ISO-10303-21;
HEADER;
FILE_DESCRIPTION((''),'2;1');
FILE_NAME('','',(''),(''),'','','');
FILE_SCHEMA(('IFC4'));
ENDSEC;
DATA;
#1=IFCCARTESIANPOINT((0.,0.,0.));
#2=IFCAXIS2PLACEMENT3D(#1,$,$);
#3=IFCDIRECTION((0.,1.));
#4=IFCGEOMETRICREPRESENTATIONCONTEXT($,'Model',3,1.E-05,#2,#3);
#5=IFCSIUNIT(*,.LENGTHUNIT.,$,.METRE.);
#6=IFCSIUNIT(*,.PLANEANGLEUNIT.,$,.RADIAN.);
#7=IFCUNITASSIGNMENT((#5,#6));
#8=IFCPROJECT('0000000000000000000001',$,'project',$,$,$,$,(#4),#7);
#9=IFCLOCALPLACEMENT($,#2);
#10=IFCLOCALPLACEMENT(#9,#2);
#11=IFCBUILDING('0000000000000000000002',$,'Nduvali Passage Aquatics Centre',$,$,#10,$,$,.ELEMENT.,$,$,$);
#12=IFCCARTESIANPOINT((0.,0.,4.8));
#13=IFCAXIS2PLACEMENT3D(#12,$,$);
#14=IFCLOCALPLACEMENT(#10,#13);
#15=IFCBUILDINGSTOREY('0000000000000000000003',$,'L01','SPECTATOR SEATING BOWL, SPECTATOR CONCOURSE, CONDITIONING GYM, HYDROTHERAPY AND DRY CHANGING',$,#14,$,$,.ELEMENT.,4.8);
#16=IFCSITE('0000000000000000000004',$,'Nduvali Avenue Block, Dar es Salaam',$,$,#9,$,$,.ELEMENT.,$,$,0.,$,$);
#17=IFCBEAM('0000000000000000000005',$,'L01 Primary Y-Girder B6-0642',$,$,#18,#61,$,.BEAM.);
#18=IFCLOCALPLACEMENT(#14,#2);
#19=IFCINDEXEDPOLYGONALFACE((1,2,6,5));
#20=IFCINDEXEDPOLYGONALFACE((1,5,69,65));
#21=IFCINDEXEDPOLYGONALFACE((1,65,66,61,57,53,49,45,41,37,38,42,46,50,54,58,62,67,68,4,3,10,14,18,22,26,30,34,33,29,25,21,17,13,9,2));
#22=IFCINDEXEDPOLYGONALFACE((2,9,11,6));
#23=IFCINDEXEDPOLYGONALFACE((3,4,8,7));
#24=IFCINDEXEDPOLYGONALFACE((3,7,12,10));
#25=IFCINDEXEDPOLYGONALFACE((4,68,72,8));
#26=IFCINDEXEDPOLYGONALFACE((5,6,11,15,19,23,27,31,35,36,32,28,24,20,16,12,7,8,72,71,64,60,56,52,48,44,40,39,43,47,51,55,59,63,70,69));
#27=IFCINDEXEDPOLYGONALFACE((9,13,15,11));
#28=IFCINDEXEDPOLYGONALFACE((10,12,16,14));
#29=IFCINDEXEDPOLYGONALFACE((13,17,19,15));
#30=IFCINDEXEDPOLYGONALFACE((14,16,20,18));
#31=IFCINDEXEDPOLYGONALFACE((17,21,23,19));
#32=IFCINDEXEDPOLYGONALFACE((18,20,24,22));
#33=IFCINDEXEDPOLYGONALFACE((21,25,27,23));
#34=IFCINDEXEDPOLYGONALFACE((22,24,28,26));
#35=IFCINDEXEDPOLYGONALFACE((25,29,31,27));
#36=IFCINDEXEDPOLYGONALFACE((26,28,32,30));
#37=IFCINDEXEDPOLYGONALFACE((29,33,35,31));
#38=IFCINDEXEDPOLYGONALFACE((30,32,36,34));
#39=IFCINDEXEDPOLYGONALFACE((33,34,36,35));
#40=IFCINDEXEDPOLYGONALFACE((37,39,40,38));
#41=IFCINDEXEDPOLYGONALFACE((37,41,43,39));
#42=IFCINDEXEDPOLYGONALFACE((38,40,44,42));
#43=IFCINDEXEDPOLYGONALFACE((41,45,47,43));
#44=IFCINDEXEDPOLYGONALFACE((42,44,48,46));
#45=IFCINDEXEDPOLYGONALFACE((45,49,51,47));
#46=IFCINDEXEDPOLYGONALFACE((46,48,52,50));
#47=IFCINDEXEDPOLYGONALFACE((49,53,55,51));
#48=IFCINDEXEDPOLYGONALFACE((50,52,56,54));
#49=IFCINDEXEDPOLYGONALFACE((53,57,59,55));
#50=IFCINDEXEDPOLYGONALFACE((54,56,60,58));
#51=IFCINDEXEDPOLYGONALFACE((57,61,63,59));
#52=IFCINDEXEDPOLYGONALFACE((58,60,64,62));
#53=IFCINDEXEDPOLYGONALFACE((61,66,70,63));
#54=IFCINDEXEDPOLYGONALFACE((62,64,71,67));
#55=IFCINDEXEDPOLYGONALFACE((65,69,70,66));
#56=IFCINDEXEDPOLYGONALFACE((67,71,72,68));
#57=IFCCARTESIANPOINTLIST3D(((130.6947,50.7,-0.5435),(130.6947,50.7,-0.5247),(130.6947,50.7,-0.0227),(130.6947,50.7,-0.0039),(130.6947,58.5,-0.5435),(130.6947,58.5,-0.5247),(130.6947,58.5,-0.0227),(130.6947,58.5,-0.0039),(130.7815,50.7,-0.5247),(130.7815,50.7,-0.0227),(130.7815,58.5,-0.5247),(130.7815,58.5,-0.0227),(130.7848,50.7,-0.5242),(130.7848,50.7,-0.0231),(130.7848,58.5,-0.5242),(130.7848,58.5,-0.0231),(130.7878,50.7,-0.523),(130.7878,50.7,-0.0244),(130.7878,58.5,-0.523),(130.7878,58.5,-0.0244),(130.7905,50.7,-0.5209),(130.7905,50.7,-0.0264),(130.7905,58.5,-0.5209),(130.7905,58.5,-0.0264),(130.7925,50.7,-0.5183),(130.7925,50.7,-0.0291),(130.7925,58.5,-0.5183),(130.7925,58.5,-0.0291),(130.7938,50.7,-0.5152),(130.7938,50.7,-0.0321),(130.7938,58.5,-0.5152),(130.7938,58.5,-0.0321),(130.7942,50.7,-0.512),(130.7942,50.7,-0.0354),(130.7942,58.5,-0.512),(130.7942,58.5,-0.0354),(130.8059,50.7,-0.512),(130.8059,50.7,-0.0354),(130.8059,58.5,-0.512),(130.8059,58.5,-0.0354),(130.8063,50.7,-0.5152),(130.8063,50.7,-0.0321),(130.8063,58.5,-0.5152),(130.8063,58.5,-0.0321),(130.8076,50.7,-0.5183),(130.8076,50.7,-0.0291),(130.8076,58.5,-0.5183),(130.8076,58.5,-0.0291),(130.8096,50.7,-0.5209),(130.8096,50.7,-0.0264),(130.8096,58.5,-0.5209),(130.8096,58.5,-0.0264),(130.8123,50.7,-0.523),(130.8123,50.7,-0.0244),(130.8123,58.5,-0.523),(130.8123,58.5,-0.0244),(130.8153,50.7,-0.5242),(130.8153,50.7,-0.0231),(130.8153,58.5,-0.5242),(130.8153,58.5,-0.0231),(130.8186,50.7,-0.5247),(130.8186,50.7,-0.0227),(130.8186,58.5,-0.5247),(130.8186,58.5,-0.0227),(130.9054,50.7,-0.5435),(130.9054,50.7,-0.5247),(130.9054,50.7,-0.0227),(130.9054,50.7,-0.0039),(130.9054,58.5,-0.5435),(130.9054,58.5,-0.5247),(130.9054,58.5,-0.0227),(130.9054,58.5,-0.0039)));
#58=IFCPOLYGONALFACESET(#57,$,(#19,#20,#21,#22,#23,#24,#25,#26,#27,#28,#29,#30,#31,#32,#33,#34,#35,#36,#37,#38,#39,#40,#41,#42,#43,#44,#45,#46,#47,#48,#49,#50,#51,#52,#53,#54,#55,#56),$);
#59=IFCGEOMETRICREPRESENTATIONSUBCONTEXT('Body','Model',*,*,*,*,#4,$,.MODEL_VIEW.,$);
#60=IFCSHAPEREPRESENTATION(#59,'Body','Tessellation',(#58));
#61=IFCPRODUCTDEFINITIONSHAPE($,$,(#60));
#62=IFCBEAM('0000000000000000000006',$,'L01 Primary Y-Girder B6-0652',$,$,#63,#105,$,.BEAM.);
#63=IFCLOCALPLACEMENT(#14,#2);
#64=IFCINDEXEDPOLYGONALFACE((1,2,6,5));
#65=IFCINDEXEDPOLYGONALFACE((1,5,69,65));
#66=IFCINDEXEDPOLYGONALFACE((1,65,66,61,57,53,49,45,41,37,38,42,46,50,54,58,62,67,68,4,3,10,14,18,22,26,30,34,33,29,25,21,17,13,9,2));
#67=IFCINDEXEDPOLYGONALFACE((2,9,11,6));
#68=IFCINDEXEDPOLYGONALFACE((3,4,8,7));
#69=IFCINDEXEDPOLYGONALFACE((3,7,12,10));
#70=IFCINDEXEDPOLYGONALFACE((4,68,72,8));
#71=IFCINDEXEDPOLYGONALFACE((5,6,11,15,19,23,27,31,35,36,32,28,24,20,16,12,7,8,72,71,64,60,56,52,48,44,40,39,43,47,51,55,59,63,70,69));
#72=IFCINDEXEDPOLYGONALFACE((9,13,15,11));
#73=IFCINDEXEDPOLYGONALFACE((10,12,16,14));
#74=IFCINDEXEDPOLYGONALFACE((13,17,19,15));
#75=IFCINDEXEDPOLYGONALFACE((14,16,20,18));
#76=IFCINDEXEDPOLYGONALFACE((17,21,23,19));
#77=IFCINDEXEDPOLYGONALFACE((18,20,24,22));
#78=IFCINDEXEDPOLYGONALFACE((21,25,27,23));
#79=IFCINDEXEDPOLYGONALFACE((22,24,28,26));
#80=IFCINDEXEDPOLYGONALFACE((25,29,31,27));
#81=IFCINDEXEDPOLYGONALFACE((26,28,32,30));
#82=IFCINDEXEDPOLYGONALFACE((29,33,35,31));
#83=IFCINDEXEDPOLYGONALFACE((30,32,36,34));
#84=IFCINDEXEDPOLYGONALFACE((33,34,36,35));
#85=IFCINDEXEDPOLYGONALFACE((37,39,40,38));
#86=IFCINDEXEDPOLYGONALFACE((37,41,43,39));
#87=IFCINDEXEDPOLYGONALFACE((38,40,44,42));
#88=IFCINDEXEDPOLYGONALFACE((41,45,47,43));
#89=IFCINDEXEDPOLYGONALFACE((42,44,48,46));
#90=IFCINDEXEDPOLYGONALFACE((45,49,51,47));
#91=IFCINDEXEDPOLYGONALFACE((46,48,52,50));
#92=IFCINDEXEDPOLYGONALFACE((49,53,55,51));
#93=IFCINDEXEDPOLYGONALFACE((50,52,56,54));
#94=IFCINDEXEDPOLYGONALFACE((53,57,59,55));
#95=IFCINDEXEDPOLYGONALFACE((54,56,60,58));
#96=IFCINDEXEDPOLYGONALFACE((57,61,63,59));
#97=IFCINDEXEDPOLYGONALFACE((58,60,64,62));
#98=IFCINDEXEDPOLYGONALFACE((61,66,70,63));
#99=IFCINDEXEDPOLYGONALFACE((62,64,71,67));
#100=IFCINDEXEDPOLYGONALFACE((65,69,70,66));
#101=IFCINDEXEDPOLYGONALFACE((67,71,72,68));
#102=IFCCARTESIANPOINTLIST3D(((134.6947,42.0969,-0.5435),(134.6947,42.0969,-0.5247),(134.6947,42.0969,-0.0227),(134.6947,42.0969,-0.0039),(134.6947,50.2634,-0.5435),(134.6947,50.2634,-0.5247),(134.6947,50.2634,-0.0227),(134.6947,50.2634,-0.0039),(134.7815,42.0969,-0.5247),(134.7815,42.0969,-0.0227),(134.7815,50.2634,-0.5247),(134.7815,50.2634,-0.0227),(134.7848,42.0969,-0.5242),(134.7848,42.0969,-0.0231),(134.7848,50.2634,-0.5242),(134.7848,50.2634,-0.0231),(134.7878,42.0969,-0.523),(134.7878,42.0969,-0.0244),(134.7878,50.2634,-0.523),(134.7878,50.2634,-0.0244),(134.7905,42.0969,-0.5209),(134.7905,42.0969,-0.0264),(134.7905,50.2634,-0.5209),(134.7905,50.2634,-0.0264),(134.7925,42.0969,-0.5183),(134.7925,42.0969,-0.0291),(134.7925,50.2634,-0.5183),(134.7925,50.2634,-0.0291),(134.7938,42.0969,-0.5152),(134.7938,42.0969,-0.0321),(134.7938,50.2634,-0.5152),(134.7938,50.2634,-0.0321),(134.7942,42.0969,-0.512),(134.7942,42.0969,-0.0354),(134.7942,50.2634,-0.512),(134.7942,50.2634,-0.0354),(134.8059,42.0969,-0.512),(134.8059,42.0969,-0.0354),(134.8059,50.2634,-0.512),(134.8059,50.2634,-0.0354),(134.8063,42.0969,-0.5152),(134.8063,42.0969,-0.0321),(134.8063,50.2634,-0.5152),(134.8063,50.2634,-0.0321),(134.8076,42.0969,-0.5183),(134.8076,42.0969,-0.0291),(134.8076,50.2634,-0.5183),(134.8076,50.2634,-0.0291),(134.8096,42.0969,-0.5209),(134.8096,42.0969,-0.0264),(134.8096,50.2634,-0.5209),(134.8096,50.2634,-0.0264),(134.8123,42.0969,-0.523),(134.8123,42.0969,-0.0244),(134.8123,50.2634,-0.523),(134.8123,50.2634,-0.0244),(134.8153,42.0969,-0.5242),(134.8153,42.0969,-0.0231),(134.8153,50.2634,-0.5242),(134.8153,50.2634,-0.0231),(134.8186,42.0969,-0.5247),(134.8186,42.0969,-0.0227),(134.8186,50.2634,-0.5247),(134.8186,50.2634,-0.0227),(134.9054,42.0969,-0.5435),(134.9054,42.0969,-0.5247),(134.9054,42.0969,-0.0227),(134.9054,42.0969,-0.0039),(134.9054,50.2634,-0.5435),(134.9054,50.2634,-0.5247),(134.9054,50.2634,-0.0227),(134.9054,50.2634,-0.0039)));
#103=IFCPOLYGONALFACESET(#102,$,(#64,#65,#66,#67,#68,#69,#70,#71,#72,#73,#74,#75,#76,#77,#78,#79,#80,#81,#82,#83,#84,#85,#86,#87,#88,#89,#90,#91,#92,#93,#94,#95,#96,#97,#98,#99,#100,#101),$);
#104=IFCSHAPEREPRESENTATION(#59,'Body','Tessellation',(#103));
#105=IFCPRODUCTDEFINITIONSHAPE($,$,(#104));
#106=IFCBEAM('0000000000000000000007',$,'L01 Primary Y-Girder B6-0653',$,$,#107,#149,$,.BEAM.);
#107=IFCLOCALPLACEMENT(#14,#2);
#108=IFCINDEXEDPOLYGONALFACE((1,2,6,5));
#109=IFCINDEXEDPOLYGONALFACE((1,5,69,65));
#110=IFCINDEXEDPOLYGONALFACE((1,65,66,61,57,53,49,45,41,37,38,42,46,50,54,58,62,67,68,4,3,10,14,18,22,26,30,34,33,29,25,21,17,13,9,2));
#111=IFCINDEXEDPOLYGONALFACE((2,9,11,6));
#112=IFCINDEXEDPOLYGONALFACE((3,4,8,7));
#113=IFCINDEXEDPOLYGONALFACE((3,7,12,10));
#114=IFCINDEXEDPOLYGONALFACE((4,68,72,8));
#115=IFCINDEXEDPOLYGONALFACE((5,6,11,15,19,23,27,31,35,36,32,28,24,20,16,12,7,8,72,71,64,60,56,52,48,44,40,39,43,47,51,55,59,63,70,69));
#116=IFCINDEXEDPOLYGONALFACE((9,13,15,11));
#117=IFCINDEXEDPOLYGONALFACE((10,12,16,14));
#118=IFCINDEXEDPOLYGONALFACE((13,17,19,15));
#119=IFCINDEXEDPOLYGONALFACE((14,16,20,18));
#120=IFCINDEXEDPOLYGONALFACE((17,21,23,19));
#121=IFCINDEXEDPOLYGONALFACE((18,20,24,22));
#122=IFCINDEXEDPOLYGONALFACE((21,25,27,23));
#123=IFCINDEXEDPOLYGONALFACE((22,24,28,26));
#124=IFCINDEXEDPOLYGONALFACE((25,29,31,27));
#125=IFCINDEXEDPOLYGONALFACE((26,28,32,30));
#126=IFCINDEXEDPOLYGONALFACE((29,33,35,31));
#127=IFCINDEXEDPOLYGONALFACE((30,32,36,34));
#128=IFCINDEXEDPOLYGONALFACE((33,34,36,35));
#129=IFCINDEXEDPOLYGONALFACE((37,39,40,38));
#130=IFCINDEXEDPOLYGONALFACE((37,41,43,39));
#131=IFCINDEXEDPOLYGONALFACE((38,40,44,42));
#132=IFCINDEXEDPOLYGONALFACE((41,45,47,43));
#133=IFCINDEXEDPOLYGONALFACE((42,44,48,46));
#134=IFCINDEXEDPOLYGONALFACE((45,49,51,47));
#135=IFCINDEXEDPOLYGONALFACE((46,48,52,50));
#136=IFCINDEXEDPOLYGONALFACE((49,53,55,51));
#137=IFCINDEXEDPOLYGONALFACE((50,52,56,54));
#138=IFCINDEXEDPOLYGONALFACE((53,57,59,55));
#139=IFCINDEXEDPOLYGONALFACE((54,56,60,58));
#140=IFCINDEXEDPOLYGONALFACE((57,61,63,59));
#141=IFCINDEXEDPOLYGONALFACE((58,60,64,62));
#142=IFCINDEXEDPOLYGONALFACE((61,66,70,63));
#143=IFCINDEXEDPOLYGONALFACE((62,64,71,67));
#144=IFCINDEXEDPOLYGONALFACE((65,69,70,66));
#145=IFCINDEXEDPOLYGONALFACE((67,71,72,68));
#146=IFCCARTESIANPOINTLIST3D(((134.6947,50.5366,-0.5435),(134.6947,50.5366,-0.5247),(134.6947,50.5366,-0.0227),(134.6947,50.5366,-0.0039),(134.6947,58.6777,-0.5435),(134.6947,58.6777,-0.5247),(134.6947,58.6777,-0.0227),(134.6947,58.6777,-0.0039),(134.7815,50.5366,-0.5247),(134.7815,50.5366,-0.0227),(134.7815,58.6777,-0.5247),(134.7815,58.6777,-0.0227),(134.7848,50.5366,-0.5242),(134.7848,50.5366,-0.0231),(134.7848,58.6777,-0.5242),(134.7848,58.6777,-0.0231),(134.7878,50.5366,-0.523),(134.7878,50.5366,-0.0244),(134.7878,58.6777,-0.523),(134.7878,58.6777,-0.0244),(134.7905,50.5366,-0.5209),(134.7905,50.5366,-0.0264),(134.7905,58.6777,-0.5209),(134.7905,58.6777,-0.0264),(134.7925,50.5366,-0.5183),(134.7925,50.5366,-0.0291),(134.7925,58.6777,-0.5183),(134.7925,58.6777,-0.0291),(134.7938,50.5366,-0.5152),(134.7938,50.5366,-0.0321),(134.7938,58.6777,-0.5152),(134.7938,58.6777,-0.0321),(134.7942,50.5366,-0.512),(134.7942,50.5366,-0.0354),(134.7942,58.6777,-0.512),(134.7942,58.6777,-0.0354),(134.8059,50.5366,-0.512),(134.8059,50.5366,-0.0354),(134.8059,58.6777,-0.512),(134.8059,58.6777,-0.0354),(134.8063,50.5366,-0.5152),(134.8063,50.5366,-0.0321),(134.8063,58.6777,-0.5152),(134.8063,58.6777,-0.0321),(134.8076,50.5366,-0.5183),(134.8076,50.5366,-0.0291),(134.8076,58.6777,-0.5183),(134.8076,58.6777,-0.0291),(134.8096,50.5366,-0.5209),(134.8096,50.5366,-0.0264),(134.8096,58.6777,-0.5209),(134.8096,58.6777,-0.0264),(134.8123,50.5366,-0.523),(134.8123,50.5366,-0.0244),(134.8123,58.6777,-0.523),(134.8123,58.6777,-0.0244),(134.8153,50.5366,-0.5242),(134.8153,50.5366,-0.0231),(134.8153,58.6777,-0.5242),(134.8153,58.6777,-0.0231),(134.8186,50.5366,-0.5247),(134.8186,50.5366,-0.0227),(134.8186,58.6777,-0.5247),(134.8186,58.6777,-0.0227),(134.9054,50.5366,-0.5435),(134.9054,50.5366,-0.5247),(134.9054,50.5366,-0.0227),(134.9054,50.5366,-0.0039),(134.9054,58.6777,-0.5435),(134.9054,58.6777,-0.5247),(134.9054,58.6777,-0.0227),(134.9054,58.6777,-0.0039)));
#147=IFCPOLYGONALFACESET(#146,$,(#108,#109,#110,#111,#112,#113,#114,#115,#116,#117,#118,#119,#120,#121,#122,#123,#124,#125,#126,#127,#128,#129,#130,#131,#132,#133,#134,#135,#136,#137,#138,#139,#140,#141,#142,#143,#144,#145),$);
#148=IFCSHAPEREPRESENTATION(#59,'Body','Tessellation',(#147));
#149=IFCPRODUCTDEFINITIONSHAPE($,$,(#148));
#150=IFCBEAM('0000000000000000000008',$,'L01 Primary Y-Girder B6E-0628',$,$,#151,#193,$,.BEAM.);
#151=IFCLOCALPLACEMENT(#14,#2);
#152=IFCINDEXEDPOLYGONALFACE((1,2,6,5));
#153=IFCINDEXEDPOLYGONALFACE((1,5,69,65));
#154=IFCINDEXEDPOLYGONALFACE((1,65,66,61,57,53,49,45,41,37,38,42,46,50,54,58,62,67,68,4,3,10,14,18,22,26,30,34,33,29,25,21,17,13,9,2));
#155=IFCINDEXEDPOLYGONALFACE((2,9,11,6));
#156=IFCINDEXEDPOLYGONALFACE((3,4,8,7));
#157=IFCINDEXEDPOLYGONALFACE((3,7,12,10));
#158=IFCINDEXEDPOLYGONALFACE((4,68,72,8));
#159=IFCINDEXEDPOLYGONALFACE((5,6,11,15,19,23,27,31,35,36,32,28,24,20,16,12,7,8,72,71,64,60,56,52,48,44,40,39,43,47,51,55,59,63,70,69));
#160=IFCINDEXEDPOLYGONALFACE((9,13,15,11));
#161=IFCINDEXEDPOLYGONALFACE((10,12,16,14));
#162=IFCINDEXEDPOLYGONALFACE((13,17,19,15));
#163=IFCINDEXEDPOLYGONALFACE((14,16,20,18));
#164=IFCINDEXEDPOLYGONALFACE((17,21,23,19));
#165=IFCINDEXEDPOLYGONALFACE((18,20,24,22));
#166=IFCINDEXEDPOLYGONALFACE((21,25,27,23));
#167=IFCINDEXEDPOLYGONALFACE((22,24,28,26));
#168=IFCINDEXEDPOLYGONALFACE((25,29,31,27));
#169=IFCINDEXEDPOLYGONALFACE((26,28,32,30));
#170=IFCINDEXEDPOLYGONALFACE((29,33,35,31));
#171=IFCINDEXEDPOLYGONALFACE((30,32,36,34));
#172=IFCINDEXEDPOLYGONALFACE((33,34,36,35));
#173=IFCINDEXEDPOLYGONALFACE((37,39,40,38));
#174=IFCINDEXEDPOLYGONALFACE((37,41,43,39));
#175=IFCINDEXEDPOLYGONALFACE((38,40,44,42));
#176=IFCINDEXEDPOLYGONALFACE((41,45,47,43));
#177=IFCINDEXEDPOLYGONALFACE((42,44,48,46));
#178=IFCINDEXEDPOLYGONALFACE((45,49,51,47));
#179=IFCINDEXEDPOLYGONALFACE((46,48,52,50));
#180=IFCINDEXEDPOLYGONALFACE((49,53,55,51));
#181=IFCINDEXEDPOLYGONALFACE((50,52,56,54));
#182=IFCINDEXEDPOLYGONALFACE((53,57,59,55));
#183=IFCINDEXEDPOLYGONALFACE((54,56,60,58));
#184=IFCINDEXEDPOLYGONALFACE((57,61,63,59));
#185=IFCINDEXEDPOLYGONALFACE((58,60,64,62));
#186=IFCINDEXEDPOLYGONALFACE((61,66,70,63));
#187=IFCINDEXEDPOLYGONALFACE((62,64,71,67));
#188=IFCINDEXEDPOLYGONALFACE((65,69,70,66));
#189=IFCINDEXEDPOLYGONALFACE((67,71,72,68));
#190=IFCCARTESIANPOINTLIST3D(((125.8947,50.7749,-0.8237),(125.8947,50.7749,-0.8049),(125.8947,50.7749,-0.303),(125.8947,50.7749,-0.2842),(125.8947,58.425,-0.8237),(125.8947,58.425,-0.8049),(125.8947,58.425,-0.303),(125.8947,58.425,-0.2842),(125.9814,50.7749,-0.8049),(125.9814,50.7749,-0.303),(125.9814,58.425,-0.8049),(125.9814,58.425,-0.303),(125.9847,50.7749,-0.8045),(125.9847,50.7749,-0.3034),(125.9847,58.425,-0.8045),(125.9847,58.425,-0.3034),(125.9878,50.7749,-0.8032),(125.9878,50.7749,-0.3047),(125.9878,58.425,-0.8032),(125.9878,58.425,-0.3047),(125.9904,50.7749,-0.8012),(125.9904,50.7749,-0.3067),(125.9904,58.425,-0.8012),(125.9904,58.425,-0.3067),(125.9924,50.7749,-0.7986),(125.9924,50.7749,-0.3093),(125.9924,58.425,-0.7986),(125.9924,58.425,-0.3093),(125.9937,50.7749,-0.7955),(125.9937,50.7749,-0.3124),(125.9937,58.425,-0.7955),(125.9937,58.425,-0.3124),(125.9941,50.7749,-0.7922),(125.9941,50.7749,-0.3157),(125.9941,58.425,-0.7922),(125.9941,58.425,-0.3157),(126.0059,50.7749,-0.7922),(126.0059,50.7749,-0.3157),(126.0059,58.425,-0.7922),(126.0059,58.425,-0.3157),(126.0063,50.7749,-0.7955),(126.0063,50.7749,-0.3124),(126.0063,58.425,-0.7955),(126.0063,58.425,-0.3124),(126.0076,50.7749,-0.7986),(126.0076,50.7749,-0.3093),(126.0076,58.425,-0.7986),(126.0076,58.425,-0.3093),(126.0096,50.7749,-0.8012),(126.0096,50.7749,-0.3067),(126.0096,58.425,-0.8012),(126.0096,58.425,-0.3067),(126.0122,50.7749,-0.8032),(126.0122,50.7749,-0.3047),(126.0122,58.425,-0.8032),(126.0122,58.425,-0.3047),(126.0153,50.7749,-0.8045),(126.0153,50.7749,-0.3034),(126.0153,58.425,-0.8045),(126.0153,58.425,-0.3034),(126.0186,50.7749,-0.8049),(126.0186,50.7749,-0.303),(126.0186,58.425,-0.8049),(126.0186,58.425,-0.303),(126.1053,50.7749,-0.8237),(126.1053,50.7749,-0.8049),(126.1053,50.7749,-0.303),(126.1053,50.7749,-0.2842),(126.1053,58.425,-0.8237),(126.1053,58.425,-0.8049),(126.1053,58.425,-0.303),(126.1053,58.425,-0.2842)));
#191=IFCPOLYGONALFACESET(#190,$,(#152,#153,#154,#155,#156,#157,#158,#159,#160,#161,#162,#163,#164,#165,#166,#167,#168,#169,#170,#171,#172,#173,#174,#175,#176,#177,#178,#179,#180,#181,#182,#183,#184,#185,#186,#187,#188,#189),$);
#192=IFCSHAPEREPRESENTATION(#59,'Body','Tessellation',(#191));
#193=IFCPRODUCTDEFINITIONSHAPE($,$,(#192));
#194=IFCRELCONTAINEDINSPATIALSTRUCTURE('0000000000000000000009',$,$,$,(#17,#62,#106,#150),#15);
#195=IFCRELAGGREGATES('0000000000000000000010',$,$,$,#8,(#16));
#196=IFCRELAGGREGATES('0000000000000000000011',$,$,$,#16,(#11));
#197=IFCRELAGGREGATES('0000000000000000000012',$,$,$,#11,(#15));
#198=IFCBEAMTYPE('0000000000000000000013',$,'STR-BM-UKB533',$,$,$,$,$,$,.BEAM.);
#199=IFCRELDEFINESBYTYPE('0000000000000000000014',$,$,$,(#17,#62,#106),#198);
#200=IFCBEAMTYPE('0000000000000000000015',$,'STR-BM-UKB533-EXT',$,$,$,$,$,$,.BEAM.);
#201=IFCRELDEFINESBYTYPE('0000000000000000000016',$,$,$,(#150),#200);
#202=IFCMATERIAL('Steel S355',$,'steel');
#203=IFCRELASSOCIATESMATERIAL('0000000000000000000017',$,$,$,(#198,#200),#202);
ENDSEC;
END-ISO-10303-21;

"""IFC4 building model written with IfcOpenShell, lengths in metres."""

from ifc_helpers import new_model, si_unit, direction, frame, origin, origin_2d, place, context, subcontext, project, spatial, i_section, extrude, material, material_profile, profile_set, type_object, element, save


model = new_model("IFC4")

# Units and contexts
model_context = context("Model", 3, precision=1e-05, world=origin(), true_north=direction((0.0, 1.0)))
body_context = subcontext(model_context, "Body", "Model", "MODEL_VIEW")
ifc_project = project(units=[si_unit("LENGTHUNIT", "METRE"), si_unit("PLANEANGLEUNIT", "RADIAN")], contexts=[model_context])

# Site, building, storey
site_placement = place(None, origin())
site = spatial("IfcSite", under=ifc_project, at=site_placement, Name="Nduvali Avenue Block, Dar es Salaam", CompositionType="ELEMENT", RefElevation=0.0)
building_placement = place(site_placement, origin())
building = spatial("IfcBuilding", under=site, at=building_placement, Name="Nduvali Passage Aquatics Centre", CompositionType="ELEMENT")
storey_placement = place(building_placement, frame((0.0, 0.0, 4.8)))
storey = spatial("IfcBuildingStorey", under=building, at=storey_placement, Name="L01", Description="SPECTATOR SEATING BOWL, SPECTATOR CONCOURSE, CONDITIONING GYM, HYDROTHERAPY AND DRY CHANGING", CompositionType="ELEMENT", Elevation=4.8)

# Beams
ifc_material_1 = material(Name="Steel S355", Category="steel")
ifc_material_profile_1 = material_profile(ifc_material_1, i_section(OverallWidth=0.2107, OverallDepth=0.5396, WebThickness=0.0117, FlangeThickness=0.0188, FilletRadius=0.0127, at=origin_2d()), Name="UKB 533x210x109")
ifc_profile_set_1 = profile_set([ifc_material_profile_1], Name="Steel S355")
beam_type_1 = type_object("IfcBeamType", Name="STR-BM-UKB533", PredefinedType="BEAM", material=ifc_profile_set_1)
for number, where, z_axis, x_axis, name in (
    (1, (130.8, 50.7, -0.2737), (0.0, 1.0, 0.0), (-1.0, 0.0, 0.0), "L01 Primary Y-Girder B6-0642"),
):
    element("IfcBeam", number, at=place(storey_placement, frame(where, z_axis=z_axis, x_axis=x_axis)), inside=storey, type_object=beam_type_1, Name=name, PredefinedType="BEAM", context=body_context, shape_type="SweptSolid", body=[
        extrude(i_section(OverallWidth=0.2107, OverallDepth=0.5396, WebThickness=0.0117, FlangeThickness=0.0188, FilletRadius=0.0127, at=origin_2d()), origin(), (0.0, 0.0, 1.0), 7.8),
    ])
beam_1_placement = place(storey_placement, frame((134.8, 42.0969, -0.2737), z_axis=(0.0, 1.0, 0.0), x_axis=(-1.0, 0.0, 0.0)))
element("IfcBeam", 2, at=beam_1_placement, inside=storey, type_object=beam_type_1, Name="L01 Primary Y-Girder B6-0652", PredefinedType="BEAM", context=body_context, shape_type="SweptSolid", body=[
    extrude(i_section(OverallWidth=0.2107, OverallDepth=0.5396, WebThickness=0.0117, FlangeThickness=0.0188, FilletRadius=0.0127, at=origin_2d()), origin(), (0.0, 0.0, 1.0), 8.1665),
])
beam_2_placement = place(storey_placement, frame((134.8, 50.5366, -0.2737), z_axis=(0.0, 1.0, 0.0), x_axis=(-1.0, 0.0, 0.0)))
element("IfcBeam", 3, at=beam_2_placement, inside=storey, type_object=beam_type_1, Name="L01 Primary Y-Girder B6-0653", PredefinedType="BEAM", context=body_context, shape_type="SweptSolid", body=[
    extrude(i_section(OverallWidth=0.2107, OverallDepth=0.5396, WebThickness=0.0117, FlangeThickness=0.0188, FilletRadius=0.0127, at=origin_2d()), origin(), (0.0, 0.0, 1.0), 8.1411),
])
ifc_material_profile_2 = material_profile(ifc_material_1, i_section(OverallWidth=0.2107, OverallDepth=0.5396, WebThickness=0.0117, FlangeThickness=0.0188, FilletRadius=0.0127, at=origin_2d()), Name="UKB 533x210x109")
ifc_profile_set_2 = profile_set([ifc_material_profile_2], Name="Steel S355")
beam_type_2 = type_object("IfcBeamType", Name="STR-BM-UKB533-EXT", PredefinedType="BEAM", material=ifc_profile_set_2)
beam_3_placement = place(storey_placement, frame((126.0, 50.7749, -0.554), z_axis=(0.0, 1.0, 0.0), x_axis=(-1.0, 0.0, 0.0)))
element("IfcBeam", 4, at=beam_3_placement, inside=storey, type_object=beam_type_2, Name="L01 Primary Y-Girder B6E-0628", PredefinedType="BEAM", context=body_context, shape_type="SweptSolid", body=[
    extrude(i_section(OverallWidth=0.2107, OverallDepth=0.5396, WebThickness=0.0117, FlangeThickness=0.0188, FilletRadius=0.0127, at=origin_2d()), origin(), (0.0, 0.0, 1.0), 7.6501),
])

save(model, "model.ifc")
